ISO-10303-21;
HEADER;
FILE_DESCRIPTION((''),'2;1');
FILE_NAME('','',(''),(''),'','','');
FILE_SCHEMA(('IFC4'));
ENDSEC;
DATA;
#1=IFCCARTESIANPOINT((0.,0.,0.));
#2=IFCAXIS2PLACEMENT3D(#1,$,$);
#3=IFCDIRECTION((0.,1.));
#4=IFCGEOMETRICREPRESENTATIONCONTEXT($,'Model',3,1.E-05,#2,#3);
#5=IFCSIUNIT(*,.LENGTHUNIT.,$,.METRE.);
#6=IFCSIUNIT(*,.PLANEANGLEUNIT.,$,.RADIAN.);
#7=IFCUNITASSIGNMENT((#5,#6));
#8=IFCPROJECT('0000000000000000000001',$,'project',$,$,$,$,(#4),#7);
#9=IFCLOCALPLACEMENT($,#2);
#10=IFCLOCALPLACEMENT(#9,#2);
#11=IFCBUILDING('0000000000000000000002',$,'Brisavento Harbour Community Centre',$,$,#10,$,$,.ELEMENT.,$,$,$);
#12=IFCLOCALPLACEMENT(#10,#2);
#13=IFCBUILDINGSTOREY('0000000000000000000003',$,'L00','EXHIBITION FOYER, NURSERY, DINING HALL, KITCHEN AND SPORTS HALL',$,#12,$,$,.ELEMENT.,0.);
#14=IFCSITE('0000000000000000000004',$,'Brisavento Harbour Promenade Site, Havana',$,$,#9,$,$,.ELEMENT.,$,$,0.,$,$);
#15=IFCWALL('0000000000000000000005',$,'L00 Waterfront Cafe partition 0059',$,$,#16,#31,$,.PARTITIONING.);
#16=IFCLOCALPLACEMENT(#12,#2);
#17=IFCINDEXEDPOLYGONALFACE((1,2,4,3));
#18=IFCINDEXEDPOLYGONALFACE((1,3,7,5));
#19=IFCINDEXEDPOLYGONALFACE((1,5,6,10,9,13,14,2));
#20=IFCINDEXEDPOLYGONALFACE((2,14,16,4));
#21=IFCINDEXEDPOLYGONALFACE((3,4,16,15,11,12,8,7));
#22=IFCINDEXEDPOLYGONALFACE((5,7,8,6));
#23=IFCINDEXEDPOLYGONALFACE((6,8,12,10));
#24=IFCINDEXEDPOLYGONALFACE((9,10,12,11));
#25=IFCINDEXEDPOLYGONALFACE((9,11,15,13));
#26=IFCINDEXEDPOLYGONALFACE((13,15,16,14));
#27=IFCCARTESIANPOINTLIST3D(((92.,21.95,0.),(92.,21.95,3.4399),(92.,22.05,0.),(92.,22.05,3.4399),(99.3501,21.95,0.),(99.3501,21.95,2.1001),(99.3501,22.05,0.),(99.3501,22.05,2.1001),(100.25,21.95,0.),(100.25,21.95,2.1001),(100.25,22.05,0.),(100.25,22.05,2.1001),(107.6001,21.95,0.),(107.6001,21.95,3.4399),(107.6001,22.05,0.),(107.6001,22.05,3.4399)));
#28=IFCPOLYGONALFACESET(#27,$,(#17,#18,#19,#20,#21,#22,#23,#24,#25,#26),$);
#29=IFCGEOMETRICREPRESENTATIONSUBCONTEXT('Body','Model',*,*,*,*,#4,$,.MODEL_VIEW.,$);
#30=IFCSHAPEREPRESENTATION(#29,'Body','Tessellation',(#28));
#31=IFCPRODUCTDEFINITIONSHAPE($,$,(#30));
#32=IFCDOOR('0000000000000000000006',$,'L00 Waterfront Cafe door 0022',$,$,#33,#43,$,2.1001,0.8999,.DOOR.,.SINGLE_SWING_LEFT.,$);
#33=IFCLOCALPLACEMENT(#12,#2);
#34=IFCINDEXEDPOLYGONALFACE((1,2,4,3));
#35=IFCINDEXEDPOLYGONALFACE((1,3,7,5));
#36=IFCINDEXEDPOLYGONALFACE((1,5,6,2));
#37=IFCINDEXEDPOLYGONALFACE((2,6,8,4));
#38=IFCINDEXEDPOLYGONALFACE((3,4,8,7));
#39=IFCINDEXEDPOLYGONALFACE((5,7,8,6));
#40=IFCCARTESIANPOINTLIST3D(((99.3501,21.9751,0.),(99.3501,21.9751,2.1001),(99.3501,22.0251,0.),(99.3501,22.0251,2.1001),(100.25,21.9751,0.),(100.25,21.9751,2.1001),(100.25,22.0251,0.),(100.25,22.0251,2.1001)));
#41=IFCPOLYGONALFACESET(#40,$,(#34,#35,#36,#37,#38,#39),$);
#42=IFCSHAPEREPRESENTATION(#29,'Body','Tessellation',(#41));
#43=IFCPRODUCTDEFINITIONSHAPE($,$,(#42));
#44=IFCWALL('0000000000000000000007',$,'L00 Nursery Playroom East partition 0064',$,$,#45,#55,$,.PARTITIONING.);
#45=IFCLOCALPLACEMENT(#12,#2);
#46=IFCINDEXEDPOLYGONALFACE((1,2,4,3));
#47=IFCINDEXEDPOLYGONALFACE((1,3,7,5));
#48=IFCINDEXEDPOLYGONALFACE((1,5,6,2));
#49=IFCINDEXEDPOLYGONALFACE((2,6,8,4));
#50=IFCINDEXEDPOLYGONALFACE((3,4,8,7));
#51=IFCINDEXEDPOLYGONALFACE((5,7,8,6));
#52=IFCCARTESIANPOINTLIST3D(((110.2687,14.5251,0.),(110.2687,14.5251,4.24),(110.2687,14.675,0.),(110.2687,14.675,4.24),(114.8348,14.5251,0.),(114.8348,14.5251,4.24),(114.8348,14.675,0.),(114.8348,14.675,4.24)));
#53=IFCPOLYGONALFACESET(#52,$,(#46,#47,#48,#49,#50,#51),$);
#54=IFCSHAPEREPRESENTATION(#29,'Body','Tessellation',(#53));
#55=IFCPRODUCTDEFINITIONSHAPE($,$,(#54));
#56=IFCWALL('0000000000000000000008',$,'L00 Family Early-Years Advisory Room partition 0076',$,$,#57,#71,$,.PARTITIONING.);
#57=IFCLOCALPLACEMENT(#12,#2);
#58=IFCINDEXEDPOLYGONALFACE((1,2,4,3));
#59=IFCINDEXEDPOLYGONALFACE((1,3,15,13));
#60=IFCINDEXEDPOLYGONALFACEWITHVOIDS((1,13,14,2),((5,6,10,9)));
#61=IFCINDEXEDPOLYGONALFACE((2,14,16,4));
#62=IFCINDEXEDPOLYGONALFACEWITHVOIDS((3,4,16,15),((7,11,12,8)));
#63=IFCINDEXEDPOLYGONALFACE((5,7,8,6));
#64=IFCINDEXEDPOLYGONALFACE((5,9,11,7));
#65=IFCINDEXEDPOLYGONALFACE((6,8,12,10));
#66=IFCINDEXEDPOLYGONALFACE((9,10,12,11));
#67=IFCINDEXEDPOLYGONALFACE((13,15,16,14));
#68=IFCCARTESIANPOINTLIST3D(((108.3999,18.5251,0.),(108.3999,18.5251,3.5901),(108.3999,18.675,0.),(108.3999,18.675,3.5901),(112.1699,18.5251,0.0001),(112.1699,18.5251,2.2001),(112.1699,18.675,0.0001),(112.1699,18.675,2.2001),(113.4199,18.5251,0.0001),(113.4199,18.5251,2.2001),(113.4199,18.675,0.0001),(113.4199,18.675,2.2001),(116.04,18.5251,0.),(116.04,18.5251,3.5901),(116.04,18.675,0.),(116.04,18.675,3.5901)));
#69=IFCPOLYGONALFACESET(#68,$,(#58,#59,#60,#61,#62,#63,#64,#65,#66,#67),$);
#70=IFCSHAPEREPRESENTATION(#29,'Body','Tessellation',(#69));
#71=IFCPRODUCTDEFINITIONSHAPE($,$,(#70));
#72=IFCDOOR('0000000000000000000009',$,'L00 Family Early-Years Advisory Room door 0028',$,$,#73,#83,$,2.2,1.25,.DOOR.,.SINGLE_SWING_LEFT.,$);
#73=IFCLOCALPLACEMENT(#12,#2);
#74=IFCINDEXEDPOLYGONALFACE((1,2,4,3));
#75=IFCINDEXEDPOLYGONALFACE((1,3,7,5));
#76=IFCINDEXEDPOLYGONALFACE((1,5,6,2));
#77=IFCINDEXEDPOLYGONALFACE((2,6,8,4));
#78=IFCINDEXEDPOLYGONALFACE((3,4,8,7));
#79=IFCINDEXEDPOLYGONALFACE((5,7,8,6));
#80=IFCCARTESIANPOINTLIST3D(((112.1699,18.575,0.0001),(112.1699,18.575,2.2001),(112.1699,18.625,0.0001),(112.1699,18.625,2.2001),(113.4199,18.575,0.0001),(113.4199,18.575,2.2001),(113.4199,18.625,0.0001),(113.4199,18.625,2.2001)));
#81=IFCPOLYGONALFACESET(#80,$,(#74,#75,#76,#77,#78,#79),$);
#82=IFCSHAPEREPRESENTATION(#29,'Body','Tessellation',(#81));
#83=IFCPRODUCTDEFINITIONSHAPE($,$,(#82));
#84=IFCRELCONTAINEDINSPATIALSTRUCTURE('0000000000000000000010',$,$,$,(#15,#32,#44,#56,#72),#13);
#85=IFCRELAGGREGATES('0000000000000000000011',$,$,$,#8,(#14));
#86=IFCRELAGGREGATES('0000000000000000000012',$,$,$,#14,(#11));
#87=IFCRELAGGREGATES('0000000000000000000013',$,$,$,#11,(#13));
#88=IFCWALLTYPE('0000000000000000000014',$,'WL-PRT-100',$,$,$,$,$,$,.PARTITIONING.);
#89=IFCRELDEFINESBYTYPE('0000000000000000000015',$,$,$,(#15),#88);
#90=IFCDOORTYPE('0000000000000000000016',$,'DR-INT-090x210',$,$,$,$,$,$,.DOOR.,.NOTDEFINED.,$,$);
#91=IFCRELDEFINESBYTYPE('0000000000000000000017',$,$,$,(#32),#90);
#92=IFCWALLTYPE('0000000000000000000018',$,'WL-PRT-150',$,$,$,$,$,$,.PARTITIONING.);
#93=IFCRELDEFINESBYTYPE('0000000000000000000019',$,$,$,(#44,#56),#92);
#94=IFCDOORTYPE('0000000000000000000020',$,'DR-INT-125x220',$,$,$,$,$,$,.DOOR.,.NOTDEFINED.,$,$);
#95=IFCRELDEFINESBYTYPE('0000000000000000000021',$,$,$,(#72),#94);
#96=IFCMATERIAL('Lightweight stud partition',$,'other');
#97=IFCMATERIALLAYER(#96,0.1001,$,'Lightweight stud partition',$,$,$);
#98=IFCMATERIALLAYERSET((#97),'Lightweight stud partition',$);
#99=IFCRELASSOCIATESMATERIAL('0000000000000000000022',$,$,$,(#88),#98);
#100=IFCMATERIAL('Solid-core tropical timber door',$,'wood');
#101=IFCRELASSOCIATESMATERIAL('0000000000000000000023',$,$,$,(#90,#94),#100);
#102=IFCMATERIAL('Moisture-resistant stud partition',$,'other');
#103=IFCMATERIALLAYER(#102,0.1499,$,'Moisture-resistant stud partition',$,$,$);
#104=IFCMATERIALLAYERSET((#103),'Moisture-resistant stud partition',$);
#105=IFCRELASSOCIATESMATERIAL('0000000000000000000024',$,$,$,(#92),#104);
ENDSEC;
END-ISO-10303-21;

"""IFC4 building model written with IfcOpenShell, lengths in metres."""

from ifc_helpers import new_model, si_unit, direction, frame, frame_2d, origin, place, context, subcontext, project, spatial, rectangle, extrude, material, layer, layer_set, type_object, element, fill, save


model = new_model("IFC4")

# Units and contexts
model_context = context("Model", 3, precision=1e-05, world=origin(), true_north=direction((0.0, 1.0)))
body_context = subcontext(model_context, "Body", "Model", "MODEL_VIEW")
ifc_project = project(units=[si_unit("LENGTHUNIT", "METRE"), si_unit("PLANEANGLEUNIT", "RADIAN")], contexts=[model_context])

# Site, building, storey
site_placement = place(None, origin())
site = spatial("IfcSite", under=ifc_project, at=site_placement, Name="Brisavento Harbour Promenade Site, Havana", CompositionType="ELEMENT", RefElevation=0.0)
building_placement = place(site_placement, origin())
building = spatial("IfcBuilding", under=site, at=building_placement, Name="Brisavento Harbour Community Centre", CompositionType="ELEMENT")
storey_placement = place(building_placement, origin())
storey = spatial("IfcBuildingStorey", under=building, at=storey_placement, Name="L00", Description="EXHIBITION FOYER, NURSERY, DINING HALL, KITCHEN AND SPORTS HALL", CompositionType="ELEMENT", Elevation=0.0)

# Wall, opening, door
ifc_material_1 = material(Name="Lightweight stud partition", Category="other")
ifc_layer_1 = layer(ifc_material_1, 0.1001, Name="Lightweight stud partition")
ifc_layer_set_1 = layer_set([ifc_layer_1], Name="Lightweight stud partition")
wall_type_1 = type_object("IfcWallType", Name="WL-PRT-100", PredefinedType="PARTITIONING", material=ifc_layer_set_1)
wall_1_placement = place(storey_placement, frame((107.6001, 22.0, 0.0), z_axis=(0.0, 0.0, 1.0), x_axis=(-1.0, 0.0, 0.0)))
wall_1 = element("IfcWall", 1, at=wall_1_placement, inside=storey, type_object=wall_type_1, Name="L00 Waterfront Cafe partition 0059", PredefinedType="PARTITIONING", context=body_context, shape_type="SweptSolid", body=[
    extrude(rectangle(XDim=15.6001, YDim=0.1001, at=frame_2d((7.8, 0.0))), origin(), (0.0, 0.0, 1.0), 3.4399),
])
opening_1_placement = place(wall_1_placement, frame((7.3501, 0.0, 0.0)))
opening_1 = element("IfcOpeningElement", 2, at=opening_1_placement, cuts=wall_1, PredefinedType="OPENING", context=body_context, shape_type="SweptSolid", body=[
    extrude(rectangle(XDim=0.8999, YDim=2.1001, at=frame_2d((0.45, 1.05))), frame((0.0, 0.0601, 0.0), z_axis=(0.0, -1.0, 0.0), x_axis=(1.0, 0.0, 0.0)), (0.0, 0.0, 1.0), 0.1201),
])
ifc_material_2 = material(Name="Solid-core tropical timber door", Category="wood")
door_type_1 = type_object("IfcDoorType", Name="DR-INT-090x210", OperationType="NOTDEFINED", PredefinedType="DOOR", material=ifc_material_2)
door_1_placement = place(opening_1_placement, origin())
door_1 = element("IfcDoor", 3, at=door_1_placement, inside=storey, type_object=door_type_1, Name="L00 Waterfront Cafe door 0022", OperationType="SINGLE_SWING_LEFT", OverallHeight=2.1001, OverallWidth=0.8999, PredefinedType="DOOR", context=body_context, shape_type="SweptSolid", body=[
    extrude(rectangle(XDim=0.8999, YDim=2.1001, at=frame_2d((0.45, 1.05))), frame((0.0, 0.0249, 0.0), z_axis=(0.0, -1.0, 0.0), x_axis=(1.0, 0.0, 0.0)), (0.0, 0.0, 1.0), 0.05),
])
fill(opening_1, door_1)

# Wall
ifc_material_3 = material(Name="Moisture-resistant stud partition", Category="other")
ifc_layer_2 = layer(ifc_material_3, 0.1499, Name="Moisture-resistant stud partition")
ifc_layer_set_2 = layer_set([ifc_layer_2], Name="Moisture-resistant stud partition")
wall_type_2 = type_object("IfcWallType", Name="WL-PRT-150", PredefinedType="PARTITIONING", material=ifc_layer_set_2)
wall_2_placement = place(storey_placement, frame((114.835, 14.6001, 0.0), z_axis=(0.0, 0.0, 1.0), x_axis=(-1.0, 0.0, 0.0)))
element("IfcWall", 4, at=wall_2_placement, inside=storey, type_object=wall_type_2, Name="L00 Nursery Playroom East partition 0064", PredefinedType="PARTITIONING", context=body_context, shape_type="SweptSolid", body=[
    extrude(rectangle(XDim=4.5662, YDim=0.1499, at=frame_2d((2.2832, 0.0))), origin(), (0.0, 0.0, 1.0), 4.24),
])

# Wall, opening, door
wall_3_placement = place(storey_placement, frame((108.3999, 18.6001, 0.0), z_axis=(0.0, 0.0, 1.0), x_axis=(1.0, 0.0, 0.0)))
wall_3 = element("IfcWall", 5, at=wall_3_placement, inside=storey, type_object=wall_type_2, Name="L00 Family Early-Years Advisory Room partition 0076", PredefinedType="PARTITIONING", context=body_context, shape_type="SweptSolid", body=[
    extrude(rectangle(XDim=7.6401, YDim=0.1499, at=frame_2d((3.8201, 0.0))), origin(), (0.0, 0.0, 1.0), 3.5901),
])
opening_2_placement = place(wall_3_placement, frame((3.77, 0.0, 0.0)))
opening_2 = element("IfcOpeningElement", 6, at=opening_2_placement, cuts=wall_3, PredefinedType="OPENING", context=body_context, shape_type="SweptSolid", body=[
    extrude(rectangle(XDim=1.25, YDim=2.2, at=frame_2d((0.625, 1.1001))), frame((0.0, 0.085, 0.0), z_axis=(0.0, -1.0, 0.0), x_axis=(1.0, 0.0, 0.0)), (0.0, 0.0, 1.0), 0.1699),
])
door_type_2 = type_object("IfcDoorType", Name="DR-INT-125x220", OperationType="NOTDEFINED", PredefinedType="DOOR", material=ifc_material_2)
door_2_placement = place(opening_2_placement, origin())
door_2 = element("IfcDoor", 7, at=door_2_placement, inside=storey, type_object=door_type_2, Name="L00 Family Early-Years Advisory Room door 0028", OperationType="SINGLE_SWING_LEFT", OverallHeight=2.2, OverallWidth=1.25, PredefinedType="DOOR", context=body_context, shape_type="SweptSolid", body=[
    extrude(rectangle(XDim=1.25, YDim=2.2, at=frame_2d((0.625, 1.1001))), frame((0.0, 0.0249, 0.0), z_axis=(0.0, -1.0, 0.0), x_axis=(1.0, 0.0, 0.0)), (0.0, 0.0, 1.0), 0.05),
])
fill(opening_2, door_2)

save(model, "model.ifc")
